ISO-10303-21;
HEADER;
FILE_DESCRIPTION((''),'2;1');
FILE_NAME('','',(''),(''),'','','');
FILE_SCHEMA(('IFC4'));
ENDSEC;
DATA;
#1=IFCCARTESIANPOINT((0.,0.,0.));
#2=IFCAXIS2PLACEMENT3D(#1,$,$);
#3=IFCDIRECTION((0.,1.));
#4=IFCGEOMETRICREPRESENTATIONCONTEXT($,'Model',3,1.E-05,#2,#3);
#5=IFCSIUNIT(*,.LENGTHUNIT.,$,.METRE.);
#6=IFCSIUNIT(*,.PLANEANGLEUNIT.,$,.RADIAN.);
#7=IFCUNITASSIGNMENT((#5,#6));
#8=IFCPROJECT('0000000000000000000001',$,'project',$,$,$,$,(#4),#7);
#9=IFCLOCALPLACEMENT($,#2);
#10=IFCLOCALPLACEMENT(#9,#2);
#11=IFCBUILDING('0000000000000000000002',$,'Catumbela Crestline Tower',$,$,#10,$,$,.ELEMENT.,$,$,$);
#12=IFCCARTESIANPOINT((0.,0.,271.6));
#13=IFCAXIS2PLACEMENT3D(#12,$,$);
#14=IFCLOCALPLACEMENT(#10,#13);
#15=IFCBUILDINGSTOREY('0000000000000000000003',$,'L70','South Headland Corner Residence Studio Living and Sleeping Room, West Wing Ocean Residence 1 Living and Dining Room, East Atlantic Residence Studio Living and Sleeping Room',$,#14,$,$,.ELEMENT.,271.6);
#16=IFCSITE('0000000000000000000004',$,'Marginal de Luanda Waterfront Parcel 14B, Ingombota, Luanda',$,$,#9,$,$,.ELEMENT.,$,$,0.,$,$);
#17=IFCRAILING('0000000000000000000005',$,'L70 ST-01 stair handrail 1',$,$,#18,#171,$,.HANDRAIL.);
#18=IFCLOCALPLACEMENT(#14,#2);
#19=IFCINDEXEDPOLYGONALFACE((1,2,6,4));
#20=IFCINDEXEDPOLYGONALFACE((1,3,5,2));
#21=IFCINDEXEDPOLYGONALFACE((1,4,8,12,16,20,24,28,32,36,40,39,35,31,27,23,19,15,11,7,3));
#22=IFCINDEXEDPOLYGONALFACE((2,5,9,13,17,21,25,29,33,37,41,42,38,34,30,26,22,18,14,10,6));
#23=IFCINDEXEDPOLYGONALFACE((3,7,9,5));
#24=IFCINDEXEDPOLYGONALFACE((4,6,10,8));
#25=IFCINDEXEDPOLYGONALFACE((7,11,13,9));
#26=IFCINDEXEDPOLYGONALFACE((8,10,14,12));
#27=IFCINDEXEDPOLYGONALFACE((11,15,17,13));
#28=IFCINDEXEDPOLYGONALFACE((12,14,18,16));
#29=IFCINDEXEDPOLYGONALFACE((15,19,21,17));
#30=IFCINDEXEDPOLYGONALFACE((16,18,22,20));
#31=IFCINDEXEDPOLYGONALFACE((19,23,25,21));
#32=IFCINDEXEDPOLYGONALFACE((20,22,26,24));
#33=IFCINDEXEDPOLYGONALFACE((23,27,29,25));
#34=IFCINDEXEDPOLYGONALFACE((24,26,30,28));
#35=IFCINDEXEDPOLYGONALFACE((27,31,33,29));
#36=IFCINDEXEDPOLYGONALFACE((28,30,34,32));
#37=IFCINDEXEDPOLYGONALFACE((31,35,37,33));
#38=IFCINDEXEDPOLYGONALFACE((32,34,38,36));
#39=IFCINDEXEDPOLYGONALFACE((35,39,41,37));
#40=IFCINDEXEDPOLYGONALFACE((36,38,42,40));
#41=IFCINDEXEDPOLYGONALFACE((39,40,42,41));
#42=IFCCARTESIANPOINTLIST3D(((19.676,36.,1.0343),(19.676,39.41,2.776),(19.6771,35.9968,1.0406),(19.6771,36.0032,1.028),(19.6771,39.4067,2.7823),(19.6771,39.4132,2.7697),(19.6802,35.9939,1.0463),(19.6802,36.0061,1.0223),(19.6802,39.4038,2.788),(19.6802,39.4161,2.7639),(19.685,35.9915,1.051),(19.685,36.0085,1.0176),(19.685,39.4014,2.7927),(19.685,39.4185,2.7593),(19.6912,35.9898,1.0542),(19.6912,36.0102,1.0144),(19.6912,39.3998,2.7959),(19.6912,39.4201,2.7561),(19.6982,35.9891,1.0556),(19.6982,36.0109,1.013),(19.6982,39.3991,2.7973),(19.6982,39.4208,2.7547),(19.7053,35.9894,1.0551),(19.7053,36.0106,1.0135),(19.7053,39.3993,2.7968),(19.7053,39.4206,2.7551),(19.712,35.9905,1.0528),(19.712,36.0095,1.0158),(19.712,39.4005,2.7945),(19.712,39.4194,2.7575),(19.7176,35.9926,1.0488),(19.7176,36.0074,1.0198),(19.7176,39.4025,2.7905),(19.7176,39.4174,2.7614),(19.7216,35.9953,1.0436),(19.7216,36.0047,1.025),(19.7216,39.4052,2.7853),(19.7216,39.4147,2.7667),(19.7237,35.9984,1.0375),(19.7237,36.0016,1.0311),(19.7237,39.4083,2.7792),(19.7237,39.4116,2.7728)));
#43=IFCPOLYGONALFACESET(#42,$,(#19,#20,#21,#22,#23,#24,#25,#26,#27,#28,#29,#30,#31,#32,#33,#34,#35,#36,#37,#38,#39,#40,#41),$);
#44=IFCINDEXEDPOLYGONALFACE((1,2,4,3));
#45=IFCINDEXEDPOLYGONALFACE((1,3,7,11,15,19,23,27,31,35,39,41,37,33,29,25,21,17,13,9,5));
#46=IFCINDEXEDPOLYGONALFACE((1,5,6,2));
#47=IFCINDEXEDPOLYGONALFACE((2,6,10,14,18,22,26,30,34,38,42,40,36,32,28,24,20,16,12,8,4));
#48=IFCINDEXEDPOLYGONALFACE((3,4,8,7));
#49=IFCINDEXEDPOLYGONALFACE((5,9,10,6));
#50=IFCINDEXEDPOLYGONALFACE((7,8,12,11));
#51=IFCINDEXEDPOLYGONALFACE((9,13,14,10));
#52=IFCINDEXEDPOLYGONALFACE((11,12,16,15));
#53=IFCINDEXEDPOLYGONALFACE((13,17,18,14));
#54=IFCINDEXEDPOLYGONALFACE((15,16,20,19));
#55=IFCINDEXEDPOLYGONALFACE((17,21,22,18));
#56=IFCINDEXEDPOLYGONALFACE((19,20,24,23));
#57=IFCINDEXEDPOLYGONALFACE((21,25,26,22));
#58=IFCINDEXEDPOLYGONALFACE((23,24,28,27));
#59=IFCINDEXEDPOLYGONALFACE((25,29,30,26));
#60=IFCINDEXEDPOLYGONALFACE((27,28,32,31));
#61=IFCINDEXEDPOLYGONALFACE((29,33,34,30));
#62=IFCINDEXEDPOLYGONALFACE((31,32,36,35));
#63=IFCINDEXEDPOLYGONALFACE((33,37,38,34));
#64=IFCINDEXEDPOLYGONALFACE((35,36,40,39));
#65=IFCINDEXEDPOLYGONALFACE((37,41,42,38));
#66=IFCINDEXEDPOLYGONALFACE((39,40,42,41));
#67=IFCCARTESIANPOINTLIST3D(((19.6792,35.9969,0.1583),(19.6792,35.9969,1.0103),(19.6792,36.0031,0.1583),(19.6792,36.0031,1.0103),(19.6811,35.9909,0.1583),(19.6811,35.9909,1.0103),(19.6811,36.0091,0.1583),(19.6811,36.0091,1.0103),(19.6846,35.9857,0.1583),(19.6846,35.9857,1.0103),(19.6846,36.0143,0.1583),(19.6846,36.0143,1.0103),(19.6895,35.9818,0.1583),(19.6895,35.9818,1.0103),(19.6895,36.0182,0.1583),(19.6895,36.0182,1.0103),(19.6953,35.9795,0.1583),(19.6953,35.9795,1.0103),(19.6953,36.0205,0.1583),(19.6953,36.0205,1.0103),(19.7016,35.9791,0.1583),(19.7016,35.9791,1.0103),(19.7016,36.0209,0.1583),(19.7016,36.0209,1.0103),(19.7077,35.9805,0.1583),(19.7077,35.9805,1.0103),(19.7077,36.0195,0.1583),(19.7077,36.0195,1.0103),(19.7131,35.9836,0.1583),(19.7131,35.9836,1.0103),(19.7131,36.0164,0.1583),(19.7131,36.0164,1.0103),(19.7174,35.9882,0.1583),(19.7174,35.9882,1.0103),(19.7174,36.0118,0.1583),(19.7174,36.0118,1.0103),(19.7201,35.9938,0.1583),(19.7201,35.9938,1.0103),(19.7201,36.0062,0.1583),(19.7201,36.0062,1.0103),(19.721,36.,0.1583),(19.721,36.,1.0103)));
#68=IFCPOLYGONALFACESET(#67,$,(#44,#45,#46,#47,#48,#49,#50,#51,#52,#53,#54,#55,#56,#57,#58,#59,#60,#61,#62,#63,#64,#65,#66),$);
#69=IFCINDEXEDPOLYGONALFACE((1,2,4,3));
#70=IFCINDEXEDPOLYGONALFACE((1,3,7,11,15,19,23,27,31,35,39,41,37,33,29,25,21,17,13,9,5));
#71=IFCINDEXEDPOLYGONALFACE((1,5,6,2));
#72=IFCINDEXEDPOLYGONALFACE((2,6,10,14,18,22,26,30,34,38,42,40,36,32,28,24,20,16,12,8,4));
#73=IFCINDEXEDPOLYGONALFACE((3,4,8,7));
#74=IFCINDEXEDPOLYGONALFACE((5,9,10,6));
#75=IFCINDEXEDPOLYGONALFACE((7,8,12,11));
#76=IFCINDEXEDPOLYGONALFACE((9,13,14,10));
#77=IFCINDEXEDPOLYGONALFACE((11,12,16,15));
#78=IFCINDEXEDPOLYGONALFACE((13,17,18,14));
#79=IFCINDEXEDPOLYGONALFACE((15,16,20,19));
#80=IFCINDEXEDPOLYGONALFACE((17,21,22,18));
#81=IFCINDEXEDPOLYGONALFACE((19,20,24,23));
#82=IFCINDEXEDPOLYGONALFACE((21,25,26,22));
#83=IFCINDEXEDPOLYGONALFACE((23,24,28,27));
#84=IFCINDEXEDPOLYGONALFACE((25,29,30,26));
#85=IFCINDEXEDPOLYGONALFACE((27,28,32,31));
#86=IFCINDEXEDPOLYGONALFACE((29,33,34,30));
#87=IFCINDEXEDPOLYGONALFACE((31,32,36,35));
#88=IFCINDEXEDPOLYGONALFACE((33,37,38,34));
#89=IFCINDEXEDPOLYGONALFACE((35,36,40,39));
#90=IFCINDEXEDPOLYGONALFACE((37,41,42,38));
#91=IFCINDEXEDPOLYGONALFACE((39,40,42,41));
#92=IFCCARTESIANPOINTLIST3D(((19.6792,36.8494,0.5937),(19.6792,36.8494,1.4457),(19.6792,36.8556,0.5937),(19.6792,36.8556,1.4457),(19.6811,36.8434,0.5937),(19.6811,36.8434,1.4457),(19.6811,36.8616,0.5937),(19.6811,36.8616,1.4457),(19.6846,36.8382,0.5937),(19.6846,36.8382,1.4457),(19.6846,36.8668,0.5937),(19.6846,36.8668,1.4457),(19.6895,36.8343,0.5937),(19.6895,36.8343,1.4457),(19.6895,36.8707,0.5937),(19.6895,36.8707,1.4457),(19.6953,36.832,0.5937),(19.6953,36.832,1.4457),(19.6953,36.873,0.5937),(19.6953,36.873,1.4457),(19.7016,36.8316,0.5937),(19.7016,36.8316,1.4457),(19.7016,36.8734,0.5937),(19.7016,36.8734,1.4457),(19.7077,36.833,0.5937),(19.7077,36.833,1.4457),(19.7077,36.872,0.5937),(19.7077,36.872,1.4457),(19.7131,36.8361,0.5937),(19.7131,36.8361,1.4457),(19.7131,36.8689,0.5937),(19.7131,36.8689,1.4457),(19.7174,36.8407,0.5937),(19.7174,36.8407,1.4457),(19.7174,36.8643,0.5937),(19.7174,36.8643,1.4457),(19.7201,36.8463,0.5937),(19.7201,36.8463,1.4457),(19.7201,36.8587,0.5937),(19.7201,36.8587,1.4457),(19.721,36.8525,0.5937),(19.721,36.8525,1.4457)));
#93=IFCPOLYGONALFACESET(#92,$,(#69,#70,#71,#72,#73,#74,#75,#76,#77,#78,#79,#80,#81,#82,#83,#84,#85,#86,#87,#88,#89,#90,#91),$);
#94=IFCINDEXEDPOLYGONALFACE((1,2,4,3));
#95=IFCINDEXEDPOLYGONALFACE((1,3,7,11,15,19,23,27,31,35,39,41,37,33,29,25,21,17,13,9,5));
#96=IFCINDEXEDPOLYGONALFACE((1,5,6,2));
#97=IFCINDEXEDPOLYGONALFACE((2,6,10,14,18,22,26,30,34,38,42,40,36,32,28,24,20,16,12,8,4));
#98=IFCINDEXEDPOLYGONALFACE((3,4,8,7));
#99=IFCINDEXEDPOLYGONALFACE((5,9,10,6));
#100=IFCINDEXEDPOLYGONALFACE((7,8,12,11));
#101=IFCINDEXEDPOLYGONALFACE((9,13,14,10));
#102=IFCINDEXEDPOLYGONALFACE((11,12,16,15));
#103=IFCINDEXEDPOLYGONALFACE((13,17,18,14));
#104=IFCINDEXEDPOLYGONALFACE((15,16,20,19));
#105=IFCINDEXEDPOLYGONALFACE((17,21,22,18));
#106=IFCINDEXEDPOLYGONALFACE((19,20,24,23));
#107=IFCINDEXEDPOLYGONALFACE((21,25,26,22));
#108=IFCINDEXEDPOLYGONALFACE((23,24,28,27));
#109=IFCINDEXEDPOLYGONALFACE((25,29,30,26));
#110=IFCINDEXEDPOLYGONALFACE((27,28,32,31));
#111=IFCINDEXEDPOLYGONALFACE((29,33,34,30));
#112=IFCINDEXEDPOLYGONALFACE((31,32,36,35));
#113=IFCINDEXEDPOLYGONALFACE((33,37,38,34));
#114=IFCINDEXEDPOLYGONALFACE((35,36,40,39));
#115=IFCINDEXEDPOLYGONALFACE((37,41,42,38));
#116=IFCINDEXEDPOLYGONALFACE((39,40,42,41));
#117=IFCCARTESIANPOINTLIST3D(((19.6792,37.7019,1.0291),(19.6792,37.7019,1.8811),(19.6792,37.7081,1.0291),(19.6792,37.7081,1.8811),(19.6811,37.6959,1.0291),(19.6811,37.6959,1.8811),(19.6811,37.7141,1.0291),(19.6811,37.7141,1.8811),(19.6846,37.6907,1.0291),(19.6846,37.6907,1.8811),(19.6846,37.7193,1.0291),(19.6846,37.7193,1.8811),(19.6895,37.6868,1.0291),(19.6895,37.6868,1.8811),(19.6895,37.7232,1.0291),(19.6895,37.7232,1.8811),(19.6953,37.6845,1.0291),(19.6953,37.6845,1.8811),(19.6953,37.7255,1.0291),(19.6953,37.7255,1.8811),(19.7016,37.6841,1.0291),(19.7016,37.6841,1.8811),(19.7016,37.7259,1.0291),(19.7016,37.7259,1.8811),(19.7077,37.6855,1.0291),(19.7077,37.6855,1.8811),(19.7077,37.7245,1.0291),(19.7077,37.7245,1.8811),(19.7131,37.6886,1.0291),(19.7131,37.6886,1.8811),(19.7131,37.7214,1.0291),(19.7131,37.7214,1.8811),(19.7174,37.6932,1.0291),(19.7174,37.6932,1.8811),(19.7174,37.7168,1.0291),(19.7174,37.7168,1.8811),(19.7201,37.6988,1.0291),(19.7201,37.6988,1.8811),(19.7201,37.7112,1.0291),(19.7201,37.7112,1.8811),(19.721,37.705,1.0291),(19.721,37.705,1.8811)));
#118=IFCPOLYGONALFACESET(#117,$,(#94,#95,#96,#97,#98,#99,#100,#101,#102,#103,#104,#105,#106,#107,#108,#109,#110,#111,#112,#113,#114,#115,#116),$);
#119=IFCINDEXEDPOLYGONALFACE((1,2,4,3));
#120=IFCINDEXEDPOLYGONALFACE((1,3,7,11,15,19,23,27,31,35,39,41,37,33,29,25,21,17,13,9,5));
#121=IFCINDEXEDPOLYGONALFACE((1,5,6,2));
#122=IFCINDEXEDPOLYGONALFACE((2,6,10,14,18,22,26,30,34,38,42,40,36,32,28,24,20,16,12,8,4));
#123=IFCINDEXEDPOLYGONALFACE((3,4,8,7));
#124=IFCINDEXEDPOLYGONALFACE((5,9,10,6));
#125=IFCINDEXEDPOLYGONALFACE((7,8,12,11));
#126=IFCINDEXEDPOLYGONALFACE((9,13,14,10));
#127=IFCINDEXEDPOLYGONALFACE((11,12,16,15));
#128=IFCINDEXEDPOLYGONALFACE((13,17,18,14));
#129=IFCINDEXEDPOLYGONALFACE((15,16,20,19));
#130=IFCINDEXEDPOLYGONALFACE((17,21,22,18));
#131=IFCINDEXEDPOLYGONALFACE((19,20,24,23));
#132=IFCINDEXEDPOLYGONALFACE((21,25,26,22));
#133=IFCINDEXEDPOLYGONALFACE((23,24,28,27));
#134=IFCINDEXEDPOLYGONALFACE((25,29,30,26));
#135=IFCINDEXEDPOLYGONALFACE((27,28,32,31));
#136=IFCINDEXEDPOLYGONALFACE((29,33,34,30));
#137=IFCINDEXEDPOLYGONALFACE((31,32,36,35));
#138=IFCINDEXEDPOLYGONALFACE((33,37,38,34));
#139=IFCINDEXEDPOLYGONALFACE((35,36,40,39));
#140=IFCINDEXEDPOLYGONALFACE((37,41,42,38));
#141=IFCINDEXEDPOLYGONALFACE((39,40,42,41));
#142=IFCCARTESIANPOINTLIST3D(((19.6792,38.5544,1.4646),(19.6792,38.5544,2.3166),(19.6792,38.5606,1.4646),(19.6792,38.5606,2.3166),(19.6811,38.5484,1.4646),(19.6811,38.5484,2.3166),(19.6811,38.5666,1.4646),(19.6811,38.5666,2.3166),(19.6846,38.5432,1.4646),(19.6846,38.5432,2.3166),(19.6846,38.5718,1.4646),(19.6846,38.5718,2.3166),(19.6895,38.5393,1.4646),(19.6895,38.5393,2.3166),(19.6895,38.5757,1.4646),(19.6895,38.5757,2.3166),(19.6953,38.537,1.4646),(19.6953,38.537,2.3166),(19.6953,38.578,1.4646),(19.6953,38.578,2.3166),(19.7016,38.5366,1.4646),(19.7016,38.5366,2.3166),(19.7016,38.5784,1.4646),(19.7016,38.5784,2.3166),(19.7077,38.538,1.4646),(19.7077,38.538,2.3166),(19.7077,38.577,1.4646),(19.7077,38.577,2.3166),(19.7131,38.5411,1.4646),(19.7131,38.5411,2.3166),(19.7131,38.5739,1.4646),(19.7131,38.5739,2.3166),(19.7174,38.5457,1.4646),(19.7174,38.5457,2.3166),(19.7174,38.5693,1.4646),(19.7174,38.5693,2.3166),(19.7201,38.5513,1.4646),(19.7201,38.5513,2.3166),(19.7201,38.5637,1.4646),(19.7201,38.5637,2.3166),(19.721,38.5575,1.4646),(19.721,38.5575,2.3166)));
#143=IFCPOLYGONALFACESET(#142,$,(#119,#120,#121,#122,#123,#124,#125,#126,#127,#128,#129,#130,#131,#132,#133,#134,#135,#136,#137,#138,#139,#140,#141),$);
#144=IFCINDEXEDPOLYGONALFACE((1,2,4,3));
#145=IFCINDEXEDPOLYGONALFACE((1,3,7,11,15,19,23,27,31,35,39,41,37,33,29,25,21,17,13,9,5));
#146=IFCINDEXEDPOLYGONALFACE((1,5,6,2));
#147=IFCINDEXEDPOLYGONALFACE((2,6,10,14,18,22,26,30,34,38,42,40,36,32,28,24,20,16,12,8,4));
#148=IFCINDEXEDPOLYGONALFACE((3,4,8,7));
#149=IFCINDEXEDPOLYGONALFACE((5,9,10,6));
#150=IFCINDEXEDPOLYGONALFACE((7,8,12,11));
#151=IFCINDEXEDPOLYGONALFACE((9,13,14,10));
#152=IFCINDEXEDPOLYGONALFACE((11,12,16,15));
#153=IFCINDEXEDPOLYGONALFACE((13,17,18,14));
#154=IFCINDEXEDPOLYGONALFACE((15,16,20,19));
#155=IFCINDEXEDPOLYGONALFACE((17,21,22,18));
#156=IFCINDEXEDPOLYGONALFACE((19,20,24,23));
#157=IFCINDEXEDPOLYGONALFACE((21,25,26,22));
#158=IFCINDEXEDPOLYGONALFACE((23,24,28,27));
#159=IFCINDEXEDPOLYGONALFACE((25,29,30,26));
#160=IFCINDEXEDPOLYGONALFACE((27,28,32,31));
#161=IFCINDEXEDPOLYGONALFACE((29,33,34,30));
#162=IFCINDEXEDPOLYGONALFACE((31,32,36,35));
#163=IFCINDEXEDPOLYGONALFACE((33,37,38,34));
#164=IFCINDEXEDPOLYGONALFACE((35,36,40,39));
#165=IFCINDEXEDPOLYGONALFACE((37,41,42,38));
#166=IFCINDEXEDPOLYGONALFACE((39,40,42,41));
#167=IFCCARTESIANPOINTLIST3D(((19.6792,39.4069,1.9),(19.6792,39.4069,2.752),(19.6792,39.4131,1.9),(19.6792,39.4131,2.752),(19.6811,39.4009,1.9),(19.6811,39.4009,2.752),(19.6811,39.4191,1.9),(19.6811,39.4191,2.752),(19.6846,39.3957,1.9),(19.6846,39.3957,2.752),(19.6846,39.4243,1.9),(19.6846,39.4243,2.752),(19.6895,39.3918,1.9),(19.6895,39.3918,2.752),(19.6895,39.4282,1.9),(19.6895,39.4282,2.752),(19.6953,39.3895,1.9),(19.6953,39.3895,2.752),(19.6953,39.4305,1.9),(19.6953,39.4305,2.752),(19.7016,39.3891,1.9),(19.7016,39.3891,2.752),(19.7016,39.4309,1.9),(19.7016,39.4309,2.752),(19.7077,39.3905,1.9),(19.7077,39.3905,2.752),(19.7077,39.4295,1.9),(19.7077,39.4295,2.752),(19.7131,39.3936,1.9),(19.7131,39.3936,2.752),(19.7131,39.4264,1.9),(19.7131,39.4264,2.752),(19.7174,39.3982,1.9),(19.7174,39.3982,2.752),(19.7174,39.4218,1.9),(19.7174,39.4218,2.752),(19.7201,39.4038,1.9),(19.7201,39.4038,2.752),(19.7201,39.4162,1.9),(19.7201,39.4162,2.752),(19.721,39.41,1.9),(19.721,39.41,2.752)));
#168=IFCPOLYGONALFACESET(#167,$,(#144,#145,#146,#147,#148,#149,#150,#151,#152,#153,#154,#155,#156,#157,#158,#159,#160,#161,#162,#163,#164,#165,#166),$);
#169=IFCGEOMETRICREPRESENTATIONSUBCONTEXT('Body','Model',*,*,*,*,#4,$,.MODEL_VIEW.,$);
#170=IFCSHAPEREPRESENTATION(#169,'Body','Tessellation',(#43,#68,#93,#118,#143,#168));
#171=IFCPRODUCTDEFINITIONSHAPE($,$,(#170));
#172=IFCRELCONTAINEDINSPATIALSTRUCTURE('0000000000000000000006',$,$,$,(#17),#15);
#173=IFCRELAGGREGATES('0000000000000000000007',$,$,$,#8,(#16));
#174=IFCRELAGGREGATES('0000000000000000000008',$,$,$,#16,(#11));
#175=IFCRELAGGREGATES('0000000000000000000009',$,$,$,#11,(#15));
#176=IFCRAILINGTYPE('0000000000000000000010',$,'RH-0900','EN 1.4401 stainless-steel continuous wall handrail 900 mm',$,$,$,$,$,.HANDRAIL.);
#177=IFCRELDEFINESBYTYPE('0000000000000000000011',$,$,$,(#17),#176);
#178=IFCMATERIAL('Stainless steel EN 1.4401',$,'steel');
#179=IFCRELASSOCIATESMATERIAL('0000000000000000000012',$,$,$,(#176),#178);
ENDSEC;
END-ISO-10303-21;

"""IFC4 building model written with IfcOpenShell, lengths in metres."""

from ifc_helpers import new_model, si_unit, direction, frame, origin, origin_2d, place, context, subcontext, project, spatial, circle, extrude, material, type_object, element, save


model = new_model("IFC4")

# Units and contexts
model_context = context("Model", 3, precision=1e-05, world=origin(), true_north=direction((0.0, 1.0)))
body_context = subcontext(model_context, "Body", "Model", "MODEL_VIEW")
ifc_project = project(units=[si_unit("LENGTHUNIT", "METRE"), si_unit("PLANEANGLEUNIT", "RADIAN")], contexts=[model_context])

# Site, building, storey
site_placement = place(None, origin())
site = spatial("IfcSite", under=ifc_project, at=site_placement, Name="Marginal de Luanda Waterfront Parcel 14B, Ingombota, Luanda", CompositionType="ELEMENT", RefElevation=0.0)
building_placement = place(site_placement, origin())
building = spatial("IfcBuilding", under=site, at=building_placement, Name="Catumbela Crestline Tower", CompositionType="ELEMENT")
storey_placement = place(building_placement, frame((0.0, 0.0, 271.6)))
storey = spatial("IfcBuildingStorey", under=building, at=storey_placement, Name="L70", Description="South Headland Corner Residence Studio Living and Sleeping Room, West Wing Ocean Residence 1 Living and Dining Room, East Atlantic Residence Studio Living and Sleeping Room", CompositionType="ELEMENT", Elevation=271.6)

# Shared definitions
ifc_material_1 = material(Name="Stainless steel EN 1.4401", Category="steel")

# Railing
railing_type_1 = type_object("IfcRailingType", Name="RH-0900", Description="EN 1.4401 stainless-steel continuous wall handrail 900 mm", PredefinedType="HANDRAIL", material=ifc_material_1)
railing_1_placement = place(storey_placement, frame((19.7, 36.0, 0.1583)))
element("IfcRailing", 1, at=railing_1_placement, inside=storey, type_object=railing_type_1, Name="L70 ST-01 stair handrail 1", PredefinedType="HANDRAIL", context=body_context, shape_type="SweptSolid", body=[
    extrude(circle(Radius=0.024, at=origin_2d()), frame((0.0, 0.0, 0.876), z_axis=(0.0, 0.89056, 0.454865), x_axis=(-1.0, 0.0, 0.0)), (0.0, 0.0, 1.0), 3.829),
    extrude(circle(Radius=0.021, at=origin_2d()), origin(), (0.0, 0.0, 1.0), 0.852),
    extrude(circle(Radius=0.021, at=origin_2d()), frame((0.0, 0.8525, 0.4354)), (0.0, 0.0, 1.0), 0.852),
    extrude(circle(Radius=0.021, at=origin_2d()), frame((0.0, 1.705, 0.8708)), (0.0, 0.0, 1.0), 0.852),
    extrude(circle(Radius=0.021, at=origin_2d()), frame((0.0, 2.5575, 1.3063)), (0.0, 0.0, 1.0), 0.852),
    extrude(circle(Radius=0.021, at=origin_2d()), frame((0.0, 3.41, 1.7417)), (0.0, 0.0, 1.0), 0.852),
])

save(model, "model.ifc")
